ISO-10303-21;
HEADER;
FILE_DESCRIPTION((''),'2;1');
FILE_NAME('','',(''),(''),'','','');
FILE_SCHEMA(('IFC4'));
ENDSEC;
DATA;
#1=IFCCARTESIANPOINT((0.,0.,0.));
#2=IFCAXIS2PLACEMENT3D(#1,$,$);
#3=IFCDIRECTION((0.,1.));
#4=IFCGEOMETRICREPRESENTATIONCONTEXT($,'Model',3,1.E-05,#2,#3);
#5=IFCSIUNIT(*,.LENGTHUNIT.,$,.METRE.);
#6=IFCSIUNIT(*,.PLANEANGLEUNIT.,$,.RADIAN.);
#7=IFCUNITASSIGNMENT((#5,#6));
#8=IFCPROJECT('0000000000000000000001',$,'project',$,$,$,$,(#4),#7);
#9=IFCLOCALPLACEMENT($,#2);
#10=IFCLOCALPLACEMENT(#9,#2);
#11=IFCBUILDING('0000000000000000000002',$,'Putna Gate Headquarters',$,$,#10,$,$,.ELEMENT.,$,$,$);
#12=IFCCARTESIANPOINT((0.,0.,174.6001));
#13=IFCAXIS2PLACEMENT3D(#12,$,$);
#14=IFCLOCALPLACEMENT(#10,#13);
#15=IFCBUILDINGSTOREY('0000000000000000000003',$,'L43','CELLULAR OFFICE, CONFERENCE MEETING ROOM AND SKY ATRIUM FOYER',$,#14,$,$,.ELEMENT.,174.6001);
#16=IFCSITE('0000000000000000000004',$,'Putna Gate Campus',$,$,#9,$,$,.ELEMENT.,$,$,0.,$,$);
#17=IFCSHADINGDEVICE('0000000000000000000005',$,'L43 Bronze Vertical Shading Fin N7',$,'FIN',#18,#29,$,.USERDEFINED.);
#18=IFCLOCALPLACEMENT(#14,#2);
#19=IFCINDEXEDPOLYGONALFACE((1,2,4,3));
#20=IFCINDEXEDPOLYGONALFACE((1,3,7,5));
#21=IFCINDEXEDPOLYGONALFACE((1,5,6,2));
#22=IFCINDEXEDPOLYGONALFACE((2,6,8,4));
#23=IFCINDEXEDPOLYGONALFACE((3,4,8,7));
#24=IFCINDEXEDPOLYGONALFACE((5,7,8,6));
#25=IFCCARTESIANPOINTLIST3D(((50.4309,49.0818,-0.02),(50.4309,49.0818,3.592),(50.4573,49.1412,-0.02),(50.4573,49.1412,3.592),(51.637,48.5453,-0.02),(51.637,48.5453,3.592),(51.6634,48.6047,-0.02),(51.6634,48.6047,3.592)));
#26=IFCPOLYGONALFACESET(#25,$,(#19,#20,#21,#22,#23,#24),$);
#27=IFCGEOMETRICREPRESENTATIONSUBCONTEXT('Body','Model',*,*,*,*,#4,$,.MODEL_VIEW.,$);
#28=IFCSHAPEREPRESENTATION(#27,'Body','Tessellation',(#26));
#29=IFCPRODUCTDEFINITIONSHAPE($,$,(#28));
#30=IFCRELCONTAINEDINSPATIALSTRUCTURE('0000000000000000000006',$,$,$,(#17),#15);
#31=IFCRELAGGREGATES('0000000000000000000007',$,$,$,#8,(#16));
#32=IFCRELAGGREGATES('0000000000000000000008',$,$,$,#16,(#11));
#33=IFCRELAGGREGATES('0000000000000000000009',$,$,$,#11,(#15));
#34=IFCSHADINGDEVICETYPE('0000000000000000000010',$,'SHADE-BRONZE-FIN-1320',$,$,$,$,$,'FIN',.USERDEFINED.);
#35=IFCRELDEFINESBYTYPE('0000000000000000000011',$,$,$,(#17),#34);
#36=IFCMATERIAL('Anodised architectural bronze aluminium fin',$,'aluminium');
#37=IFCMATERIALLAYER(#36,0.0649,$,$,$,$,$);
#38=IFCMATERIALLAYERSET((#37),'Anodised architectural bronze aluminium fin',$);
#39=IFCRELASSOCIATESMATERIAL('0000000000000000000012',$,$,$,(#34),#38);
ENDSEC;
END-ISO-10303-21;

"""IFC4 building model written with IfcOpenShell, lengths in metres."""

from ifc_helpers import new_model, si_unit, direction, frame, origin, origin_2d, place, context, subcontext, project, spatial, rectangle, extrude, material, layer, layer_set, type_object, element, save


model = new_model("IFC4")

# Units and contexts
model_context = context("Model", 3, precision=1e-05, world=origin(), true_north=direction((0.0, 1.0)))
body_context = subcontext(model_context, "Body", "Model", "MODEL_VIEW")
ifc_project = project(units=[si_unit("LENGTHUNIT", "METRE"), si_unit("PLANEANGLEUNIT", "RADIAN")], contexts=[model_context])

# Site, building, storey
site_placement = place(None, origin())
site = spatial("IfcSite", under=ifc_project, at=site_placement, Name="Putna Gate Campus", CompositionType="ELEMENT", RefElevation=0.0)
building_placement = place(site_placement, origin())
building = spatial("IfcBuilding", under=site, at=building_placement, Name="Putna Gate Headquarters", CompositionType="ELEMENT")
storey_placement = place(building_placement, frame((0.0, 0.0, 174.6001)))
storey = spatial("IfcBuildingStorey", under=building, at=storey_placement, Name="L43", Description="CELLULAR OFFICE, CONFERENCE MEETING ROOM AND SKY ATRIUM FOYER", CompositionType="ELEMENT", Elevation=174.6001)

# Shading device
ifc_material_1 = material(Name="Anodised architectural bronze aluminium fin", Category="aluminium")
ifc_layer_1 = layer(ifc_material_1, 0.0649)
ifc_layer_set_1 = layer_set([ifc_layer_1], Name="Anodised architectural bronze aluminium fin")
shading_device_type = type_object("IfcShadingDeviceType", Name="SHADE-BRONZE-FIN-1320", ElementType="FIN", PredefinedType="USERDEFINED", material=ifc_layer_set_1)
shading_device_placement = place(storey_placement, frame((51.0471, 48.8433, -0.02), z_axis=(0.0, 0.0, 1.0), x_axis=(-0.913687, 0.406418, 0.0)))
element("IfcShadingDevice", 1, at=shading_device_placement, inside=storey, type_object=shading_device_type, Name="L43 Bronze Vertical Shading Fin N7", ObjectType="FIN", PredefinedType="USERDEFINED", context=body_context, shape_type="SweptSolid", body=[
    extrude(rectangle(XDim=1.3201, YDim=0.0649, at=origin_2d()), origin(), (0.0, 0.0, 1.0), 3.6121),
])

save(model, "model.ifc")
